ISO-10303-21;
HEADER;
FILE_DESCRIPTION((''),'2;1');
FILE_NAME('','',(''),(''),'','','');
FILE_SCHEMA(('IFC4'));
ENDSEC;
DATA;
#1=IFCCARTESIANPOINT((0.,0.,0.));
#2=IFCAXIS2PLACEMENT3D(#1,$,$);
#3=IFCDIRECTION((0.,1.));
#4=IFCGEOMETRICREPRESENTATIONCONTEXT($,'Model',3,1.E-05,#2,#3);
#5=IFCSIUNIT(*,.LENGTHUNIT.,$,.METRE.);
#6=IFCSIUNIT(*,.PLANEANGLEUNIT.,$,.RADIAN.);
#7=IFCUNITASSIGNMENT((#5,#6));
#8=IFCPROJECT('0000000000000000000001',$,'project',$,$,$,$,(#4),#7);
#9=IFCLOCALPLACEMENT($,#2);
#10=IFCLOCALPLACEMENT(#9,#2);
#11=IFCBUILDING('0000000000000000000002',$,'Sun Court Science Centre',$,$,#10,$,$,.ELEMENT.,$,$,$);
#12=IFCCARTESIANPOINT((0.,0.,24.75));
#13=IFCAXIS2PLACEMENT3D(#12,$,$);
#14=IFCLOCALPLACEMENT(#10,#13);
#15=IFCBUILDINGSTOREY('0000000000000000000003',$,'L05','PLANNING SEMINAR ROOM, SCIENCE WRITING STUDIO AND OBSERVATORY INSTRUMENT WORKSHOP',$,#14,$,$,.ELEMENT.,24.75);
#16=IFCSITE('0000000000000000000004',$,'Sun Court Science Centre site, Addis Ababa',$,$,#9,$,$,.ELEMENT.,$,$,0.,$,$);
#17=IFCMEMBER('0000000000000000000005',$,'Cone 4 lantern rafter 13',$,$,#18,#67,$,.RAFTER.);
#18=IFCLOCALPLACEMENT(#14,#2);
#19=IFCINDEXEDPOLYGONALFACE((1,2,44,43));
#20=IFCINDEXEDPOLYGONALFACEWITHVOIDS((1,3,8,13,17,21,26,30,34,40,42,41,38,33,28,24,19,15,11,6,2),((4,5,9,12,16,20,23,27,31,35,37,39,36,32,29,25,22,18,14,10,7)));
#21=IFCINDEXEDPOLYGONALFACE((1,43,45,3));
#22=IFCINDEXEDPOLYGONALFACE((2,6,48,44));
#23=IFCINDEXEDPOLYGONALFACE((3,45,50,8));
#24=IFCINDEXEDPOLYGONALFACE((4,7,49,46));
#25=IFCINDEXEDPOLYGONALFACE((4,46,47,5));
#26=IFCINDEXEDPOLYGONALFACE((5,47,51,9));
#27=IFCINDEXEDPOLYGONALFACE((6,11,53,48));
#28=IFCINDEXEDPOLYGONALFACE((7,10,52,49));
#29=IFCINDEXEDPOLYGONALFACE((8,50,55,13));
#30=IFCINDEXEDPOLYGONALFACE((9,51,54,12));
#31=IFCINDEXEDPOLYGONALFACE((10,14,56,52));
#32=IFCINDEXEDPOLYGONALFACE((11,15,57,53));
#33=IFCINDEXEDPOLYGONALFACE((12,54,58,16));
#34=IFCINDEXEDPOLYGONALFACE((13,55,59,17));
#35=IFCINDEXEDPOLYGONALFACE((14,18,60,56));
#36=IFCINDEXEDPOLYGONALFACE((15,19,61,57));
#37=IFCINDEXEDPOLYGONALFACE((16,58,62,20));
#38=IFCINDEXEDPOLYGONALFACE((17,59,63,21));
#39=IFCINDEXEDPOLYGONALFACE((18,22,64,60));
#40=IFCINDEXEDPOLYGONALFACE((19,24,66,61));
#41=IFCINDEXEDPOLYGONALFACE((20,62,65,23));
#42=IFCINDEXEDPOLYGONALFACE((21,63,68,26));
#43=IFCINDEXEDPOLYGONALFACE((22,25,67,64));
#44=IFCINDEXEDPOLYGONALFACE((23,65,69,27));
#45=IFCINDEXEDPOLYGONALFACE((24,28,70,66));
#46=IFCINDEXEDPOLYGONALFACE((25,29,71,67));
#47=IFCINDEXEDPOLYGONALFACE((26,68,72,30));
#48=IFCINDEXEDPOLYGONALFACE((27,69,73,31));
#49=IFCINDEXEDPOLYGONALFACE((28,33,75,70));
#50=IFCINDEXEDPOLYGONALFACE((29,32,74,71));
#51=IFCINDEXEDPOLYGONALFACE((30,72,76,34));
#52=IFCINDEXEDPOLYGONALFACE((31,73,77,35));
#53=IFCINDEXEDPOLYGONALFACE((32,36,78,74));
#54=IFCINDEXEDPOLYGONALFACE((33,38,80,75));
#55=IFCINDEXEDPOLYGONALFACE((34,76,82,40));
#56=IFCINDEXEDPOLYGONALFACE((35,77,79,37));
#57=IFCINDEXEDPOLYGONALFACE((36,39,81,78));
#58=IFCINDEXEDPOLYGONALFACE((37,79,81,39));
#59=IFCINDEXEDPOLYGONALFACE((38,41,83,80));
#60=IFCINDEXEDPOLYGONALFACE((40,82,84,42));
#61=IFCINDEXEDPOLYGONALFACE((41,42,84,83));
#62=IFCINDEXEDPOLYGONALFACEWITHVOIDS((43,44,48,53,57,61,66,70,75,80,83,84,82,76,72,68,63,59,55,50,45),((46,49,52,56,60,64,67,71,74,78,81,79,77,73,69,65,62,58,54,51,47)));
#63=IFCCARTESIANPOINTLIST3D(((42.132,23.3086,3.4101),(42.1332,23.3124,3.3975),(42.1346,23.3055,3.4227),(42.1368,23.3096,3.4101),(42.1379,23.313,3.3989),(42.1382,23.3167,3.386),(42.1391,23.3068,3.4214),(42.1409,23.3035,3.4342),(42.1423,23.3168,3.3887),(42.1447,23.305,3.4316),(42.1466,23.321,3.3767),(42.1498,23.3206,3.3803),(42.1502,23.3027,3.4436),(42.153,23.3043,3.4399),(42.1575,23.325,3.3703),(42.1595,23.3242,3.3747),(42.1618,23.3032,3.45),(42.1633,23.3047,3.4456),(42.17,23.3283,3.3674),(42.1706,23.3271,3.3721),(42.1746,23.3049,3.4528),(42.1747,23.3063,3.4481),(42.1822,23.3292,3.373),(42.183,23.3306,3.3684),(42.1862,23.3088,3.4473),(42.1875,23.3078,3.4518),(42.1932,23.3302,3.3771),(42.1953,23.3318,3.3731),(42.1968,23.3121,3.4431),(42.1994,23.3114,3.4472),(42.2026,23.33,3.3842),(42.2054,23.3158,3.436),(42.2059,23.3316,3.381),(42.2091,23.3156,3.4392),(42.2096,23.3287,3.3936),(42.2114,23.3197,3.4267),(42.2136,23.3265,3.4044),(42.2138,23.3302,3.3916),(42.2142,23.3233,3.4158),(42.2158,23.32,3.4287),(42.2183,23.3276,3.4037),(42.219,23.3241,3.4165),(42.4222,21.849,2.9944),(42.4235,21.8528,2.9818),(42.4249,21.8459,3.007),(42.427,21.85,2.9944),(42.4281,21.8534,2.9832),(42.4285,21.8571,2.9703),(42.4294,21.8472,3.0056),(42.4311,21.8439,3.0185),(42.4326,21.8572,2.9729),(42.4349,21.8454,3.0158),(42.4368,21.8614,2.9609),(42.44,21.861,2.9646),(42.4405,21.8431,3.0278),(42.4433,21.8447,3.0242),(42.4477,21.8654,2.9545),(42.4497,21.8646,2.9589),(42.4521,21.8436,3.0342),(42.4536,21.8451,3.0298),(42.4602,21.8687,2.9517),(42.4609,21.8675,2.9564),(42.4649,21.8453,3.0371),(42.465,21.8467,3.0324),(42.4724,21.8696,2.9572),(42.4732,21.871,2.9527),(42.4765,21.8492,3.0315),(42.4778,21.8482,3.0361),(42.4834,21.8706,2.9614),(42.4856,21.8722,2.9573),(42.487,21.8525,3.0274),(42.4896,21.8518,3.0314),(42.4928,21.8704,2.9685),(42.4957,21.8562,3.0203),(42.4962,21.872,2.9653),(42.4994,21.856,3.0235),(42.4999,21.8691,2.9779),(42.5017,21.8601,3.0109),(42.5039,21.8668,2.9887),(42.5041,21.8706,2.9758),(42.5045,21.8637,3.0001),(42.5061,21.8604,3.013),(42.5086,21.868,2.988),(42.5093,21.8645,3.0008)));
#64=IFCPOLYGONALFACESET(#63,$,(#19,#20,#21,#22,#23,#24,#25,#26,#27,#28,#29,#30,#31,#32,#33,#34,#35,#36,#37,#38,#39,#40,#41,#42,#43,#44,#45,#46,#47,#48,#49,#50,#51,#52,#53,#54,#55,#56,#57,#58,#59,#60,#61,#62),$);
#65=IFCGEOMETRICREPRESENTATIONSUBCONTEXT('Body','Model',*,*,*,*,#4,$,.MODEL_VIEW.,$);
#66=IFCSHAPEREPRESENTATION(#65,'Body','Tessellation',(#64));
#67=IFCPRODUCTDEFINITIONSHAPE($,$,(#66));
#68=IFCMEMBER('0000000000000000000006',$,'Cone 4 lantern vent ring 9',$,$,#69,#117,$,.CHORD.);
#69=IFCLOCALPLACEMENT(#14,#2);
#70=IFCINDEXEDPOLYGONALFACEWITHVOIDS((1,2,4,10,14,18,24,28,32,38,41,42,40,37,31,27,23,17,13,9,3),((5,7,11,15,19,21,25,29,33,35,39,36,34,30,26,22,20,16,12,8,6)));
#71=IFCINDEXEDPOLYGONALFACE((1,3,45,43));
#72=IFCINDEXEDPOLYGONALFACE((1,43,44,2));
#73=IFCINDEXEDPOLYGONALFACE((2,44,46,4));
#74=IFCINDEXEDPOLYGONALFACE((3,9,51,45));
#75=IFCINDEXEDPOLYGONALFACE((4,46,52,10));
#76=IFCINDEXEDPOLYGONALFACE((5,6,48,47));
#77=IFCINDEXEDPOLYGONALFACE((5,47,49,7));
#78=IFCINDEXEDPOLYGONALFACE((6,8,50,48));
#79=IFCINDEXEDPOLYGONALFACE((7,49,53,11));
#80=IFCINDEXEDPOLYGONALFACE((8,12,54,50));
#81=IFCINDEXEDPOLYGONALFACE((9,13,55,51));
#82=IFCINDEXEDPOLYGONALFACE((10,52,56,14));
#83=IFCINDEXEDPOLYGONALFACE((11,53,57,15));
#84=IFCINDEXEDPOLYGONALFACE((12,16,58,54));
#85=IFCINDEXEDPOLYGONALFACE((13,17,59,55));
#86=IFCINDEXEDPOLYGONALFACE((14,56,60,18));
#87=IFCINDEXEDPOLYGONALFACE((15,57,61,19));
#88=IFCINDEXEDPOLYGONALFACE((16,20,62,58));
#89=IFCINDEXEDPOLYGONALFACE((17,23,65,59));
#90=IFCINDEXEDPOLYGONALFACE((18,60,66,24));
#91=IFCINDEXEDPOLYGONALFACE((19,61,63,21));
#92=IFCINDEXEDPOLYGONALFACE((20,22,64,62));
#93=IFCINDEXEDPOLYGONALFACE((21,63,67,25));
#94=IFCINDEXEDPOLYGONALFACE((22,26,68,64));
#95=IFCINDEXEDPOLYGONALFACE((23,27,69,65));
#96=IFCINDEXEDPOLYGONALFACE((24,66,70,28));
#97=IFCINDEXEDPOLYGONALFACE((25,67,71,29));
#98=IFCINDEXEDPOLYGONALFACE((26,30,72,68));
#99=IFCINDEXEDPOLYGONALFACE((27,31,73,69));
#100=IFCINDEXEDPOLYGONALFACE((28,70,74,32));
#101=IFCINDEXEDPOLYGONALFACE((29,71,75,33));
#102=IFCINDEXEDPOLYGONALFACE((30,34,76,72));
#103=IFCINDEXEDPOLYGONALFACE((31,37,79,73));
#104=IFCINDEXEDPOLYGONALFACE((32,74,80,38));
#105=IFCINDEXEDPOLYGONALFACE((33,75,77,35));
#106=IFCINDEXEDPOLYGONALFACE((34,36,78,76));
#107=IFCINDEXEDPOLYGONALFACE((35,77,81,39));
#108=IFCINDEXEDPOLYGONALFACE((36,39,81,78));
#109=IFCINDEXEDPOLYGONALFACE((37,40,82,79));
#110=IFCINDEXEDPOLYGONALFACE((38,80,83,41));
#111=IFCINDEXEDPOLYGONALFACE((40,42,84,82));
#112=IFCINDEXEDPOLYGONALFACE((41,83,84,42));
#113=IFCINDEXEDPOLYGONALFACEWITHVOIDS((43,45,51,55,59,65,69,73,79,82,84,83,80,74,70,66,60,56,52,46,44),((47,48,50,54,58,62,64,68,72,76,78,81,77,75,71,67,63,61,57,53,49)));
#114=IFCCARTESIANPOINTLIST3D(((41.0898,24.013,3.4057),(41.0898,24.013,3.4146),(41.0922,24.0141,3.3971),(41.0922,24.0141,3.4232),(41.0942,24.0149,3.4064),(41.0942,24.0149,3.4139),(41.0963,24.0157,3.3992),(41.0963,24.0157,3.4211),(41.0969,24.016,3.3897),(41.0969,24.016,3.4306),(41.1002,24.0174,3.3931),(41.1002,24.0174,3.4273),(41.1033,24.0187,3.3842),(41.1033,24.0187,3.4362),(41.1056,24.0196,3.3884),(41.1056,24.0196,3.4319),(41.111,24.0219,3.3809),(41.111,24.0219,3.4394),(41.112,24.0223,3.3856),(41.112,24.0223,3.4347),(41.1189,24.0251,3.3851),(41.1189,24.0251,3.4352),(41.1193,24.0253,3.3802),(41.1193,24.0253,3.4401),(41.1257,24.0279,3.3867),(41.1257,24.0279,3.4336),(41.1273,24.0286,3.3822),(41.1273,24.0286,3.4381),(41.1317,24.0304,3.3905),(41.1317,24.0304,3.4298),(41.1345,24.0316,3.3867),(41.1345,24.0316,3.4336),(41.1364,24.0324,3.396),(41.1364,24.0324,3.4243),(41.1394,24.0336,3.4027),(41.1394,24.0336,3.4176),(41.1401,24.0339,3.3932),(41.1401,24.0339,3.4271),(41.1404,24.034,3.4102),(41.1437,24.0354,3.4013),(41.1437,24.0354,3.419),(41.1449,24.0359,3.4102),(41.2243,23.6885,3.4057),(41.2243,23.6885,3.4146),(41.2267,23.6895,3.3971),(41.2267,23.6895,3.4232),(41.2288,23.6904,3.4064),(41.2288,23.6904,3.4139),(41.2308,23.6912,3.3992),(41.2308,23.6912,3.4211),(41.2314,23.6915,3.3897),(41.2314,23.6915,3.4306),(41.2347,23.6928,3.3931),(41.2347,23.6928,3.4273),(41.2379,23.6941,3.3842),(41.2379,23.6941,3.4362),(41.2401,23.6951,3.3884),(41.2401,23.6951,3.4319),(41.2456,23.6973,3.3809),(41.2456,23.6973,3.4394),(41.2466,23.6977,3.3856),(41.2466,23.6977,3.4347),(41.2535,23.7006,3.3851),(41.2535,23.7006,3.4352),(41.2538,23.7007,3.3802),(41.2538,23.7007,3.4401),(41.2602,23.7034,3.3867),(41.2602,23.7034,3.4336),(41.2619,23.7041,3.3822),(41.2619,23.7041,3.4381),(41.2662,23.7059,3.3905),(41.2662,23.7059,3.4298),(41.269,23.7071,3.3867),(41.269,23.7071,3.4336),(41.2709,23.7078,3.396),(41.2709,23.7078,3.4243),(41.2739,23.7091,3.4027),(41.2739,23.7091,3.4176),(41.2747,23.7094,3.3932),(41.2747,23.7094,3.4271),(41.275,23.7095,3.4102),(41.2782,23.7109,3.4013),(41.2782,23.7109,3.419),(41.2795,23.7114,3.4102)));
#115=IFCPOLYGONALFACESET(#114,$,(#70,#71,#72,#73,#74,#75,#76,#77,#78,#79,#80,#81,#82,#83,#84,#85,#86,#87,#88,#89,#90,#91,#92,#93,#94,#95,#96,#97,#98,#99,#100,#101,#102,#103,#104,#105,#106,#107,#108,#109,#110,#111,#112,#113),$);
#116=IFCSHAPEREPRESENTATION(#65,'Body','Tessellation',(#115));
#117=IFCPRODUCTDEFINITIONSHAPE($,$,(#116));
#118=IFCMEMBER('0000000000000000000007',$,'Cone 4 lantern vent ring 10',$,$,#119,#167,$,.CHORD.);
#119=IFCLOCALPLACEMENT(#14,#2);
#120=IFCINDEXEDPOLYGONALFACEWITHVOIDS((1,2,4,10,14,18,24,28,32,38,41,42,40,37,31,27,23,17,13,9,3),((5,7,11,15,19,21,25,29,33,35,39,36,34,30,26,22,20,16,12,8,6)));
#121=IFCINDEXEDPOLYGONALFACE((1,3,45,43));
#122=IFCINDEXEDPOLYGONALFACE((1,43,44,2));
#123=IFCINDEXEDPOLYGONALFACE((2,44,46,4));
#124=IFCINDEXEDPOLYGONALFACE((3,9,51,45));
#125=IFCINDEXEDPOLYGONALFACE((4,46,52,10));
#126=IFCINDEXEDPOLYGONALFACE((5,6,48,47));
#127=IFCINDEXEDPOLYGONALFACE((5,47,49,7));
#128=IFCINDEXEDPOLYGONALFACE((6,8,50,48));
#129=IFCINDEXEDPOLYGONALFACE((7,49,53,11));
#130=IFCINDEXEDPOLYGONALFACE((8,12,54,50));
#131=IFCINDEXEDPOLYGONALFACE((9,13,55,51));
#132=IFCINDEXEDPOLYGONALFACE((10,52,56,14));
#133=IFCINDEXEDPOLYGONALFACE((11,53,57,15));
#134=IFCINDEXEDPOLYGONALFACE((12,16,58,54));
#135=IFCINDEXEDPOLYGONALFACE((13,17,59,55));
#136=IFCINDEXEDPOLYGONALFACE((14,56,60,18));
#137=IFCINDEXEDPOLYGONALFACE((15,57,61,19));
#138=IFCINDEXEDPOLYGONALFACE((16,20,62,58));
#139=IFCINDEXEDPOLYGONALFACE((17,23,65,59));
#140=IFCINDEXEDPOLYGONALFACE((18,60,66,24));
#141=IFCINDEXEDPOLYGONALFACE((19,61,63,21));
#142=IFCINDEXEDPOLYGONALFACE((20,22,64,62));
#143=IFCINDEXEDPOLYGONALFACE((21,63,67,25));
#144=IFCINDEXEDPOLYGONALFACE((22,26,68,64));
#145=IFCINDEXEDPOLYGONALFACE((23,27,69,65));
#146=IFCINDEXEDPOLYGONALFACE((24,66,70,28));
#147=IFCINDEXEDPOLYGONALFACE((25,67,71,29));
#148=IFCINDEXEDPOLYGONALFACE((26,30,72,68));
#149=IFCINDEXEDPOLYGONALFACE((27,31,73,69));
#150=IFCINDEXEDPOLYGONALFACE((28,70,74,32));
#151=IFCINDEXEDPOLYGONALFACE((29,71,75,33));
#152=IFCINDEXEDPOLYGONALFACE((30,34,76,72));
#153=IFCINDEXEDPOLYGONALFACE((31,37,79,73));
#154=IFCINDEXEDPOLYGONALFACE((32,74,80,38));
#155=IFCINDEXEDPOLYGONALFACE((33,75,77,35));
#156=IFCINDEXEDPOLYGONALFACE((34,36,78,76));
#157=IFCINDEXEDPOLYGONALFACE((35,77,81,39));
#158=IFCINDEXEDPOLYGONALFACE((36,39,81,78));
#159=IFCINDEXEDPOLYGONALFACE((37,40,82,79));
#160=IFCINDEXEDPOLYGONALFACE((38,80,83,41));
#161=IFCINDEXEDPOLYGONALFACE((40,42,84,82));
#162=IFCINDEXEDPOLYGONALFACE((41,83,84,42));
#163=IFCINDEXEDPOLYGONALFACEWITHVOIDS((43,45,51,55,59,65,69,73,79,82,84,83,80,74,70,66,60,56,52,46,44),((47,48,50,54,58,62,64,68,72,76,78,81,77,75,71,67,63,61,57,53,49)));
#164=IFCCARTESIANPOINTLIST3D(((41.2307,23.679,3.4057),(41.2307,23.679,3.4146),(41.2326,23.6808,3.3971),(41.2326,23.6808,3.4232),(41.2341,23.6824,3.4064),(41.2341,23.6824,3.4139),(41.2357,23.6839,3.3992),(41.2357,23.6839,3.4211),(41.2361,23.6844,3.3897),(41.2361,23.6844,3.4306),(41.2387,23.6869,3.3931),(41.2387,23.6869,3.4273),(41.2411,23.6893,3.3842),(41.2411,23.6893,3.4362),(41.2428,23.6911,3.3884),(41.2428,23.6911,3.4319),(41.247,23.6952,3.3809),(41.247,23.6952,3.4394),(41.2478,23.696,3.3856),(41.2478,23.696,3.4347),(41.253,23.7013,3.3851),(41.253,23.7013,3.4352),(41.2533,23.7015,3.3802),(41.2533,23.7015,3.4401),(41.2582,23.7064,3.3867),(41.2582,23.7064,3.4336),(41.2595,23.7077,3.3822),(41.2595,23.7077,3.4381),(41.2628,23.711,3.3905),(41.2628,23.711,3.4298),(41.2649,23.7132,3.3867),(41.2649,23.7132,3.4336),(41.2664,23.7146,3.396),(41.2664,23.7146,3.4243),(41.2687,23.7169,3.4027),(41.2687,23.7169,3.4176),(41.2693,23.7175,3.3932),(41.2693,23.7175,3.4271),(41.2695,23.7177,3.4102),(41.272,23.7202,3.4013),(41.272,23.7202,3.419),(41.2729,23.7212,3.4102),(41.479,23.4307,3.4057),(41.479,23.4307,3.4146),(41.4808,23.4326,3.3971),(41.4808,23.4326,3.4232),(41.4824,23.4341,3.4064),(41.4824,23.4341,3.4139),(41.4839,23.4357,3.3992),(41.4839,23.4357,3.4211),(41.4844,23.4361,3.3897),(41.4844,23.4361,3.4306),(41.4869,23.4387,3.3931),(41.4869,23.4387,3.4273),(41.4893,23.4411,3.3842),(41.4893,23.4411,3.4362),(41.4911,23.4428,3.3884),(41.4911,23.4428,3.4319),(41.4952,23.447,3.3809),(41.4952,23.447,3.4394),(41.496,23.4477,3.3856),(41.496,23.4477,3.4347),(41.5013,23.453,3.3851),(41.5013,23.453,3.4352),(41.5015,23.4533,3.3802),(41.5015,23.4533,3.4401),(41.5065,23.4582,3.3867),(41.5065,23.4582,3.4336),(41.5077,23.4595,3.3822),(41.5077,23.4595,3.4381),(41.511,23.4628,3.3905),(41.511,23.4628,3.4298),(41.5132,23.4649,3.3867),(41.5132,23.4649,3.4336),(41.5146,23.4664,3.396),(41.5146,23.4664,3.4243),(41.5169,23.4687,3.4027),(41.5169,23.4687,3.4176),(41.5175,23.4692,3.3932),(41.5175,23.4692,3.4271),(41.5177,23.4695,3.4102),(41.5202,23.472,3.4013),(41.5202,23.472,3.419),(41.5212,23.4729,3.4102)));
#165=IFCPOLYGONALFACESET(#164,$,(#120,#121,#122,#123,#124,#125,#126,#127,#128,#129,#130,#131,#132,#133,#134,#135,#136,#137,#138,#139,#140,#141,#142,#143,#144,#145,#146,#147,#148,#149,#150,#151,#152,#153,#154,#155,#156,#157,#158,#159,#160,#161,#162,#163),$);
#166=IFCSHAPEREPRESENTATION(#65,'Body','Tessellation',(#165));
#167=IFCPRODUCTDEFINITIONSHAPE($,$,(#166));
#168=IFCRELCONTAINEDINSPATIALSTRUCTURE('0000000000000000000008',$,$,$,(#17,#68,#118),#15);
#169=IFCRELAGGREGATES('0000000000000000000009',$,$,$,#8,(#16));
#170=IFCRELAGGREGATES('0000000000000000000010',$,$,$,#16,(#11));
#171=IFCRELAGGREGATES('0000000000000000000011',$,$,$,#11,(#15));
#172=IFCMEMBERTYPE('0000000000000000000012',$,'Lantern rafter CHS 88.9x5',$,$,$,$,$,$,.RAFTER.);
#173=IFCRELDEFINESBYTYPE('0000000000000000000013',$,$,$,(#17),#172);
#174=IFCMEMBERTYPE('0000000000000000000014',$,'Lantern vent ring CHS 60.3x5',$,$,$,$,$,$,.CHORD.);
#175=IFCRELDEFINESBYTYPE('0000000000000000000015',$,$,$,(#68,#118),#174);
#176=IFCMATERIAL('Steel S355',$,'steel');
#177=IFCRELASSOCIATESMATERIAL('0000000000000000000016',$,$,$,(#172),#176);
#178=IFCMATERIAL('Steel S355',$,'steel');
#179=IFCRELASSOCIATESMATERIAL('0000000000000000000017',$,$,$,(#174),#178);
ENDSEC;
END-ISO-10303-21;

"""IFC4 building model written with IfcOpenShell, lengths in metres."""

from ifc_helpers import new_model, si_unit, direction, frame, origin, origin_2d, place, context, subcontext, project, spatial, hollow_circle, extrude, material, material_profile, profile_set, type_object, element, save


model = new_model("IFC4")

# Units and contexts
model_context = context("Model", 3, precision=1e-05, world=origin(), true_north=direction((0.0, 1.0)))
body_context = subcontext(model_context, "Body", "Model", "MODEL_VIEW")
ifc_project = project(units=[si_unit("LENGTHUNIT", "METRE"), si_unit("PLANEANGLEUNIT", "RADIAN")], contexts=[model_context])

# Site, building, storey
site_placement = place(None, origin())
site = spatial("IfcSite", under=ifc_project, at=site_placement, Name="Sun Court Science Centre site, Addis Ababa", CompositionType="ELEMENT", RefElevation=0.0)
building_placement = place(site_placement, origin())
building = spatial("IfcBuilding", under=site, at=building_placement, Name="Sun Court Science Centre", CompositionType="ELEMENT")
storey_placement = place(building_placement, frame((0.0, 0.0, 24.75)))
storey = spatial("IfcBuildingStorey", under=building, at=storey_placement, Name="L05", Description="PLANNING SEMINAR ROOM, SCIENCE WRITING STUDIO AND OBSERVATORY INSTRUMENT WORKSHOP", CompositionType="ELEMENT", Elevation=24.75)

# Members
ifc_material_1 = material(Name="Steel S355", Category="steel")
ifc_material_profile_1 = material_profile(ifc_material_1, hollow_circle(Radius=0.0444, WallThickness=0.0049, at=origin_2d()), Name="CHS 88.9x5")
ifc_profile_set_1 = profile_set([ifc_material_profile_1], Name="Steel S355")
member_type_1 = type_object("IfcMemberType", Name="Lantern rafter CHS 88.9x5", PredefinedType="RAFTER", material=ifc_profile_set_1)
for number, where, z_axis, x_axis, name in (
    (1, (42.4658, 21.8577, 2.9944), (-0.187851, 0.944627, 0.269058), (-0.980795, -0.195043, 0.0), "Cone 4 lantern rafter 13"),
):
    element("IfcMember", number, at=place(storey_placement, frame(where, z_axis=z_axis, x_axis=x_axis)), inside=storey, type_object=member_type_1, Name=name, PredefinedType="RAFTER", context=body_context, shape_type="SweptSolid", body=[
        extrude(hollow_circle(Radius=0.0444, WallThickness=0.0049, at=origin_2d()), origin(), (0.0, 0.0, 1.0), 1.5452),
    ])
ifc_material_2 = material(Name="Steel S355", Category="steel")
ifc_material_profile_2 = material_profile(ifc_material_2, hollow_circle(Radius=0.03, WallThickness=0.0049, at=origin_2d()), Name="CHS 60.3x5")
ifc_profile_set_2 = profile_set([ifc_material_profile_2], Name="Steel S355")
member_type_2 = type_object("IfcMemberType", Name="Lantern vent ring CHS 60.3x5", PredefinedType="CHORD", material=ifc_profile_set_2)
member_1_placement = place(storey_placement, frame((41.1172, 24.0244, 3.4102), z_axis=(0.382986, -0.923754, 0.0), x_axis=(0.923754, 0.382986, 0.0)))
element("IfcMember", 2, at=member_1_placement, inside=storey, type_object=member_type_2, Name="Cone 4 lantern vent ring 9", PredefinedType="CHORD", context=body_context, shape_type="SweptSolid", body=[
    extrude(hollow_circle(Radius=0.03, WallThickness=0.0049, at=origin_2d()), origin(), (0.0, 0.0, 1.0), 0.3513),
])
for number, where, z_axis, x_axis, name in (
    (3, (41.2517, 23.7, 3.4102), (0.707107, -0.707107, 0.0), (0.707107, 0.707107, 0.0), "Cone 4 lantern vent ring 10"),
):
    element("IfcMember", number, at=place(storey_placement, frame(where, z_axis=z_axis, x_axis=x_axis)), inside=storey, type_object=member_type_2, Name=name, PredefinedType="CHORD", context=body_context, shape_type="SweptSolid", body=[
        extrude(hollow_circle(Radius=0.03, WallThickness=0.0049, at=origin_2d()), origin(), (0.0, 0.0, 1.0), 0.3511),
    ])

save(model, "model.ifc")
